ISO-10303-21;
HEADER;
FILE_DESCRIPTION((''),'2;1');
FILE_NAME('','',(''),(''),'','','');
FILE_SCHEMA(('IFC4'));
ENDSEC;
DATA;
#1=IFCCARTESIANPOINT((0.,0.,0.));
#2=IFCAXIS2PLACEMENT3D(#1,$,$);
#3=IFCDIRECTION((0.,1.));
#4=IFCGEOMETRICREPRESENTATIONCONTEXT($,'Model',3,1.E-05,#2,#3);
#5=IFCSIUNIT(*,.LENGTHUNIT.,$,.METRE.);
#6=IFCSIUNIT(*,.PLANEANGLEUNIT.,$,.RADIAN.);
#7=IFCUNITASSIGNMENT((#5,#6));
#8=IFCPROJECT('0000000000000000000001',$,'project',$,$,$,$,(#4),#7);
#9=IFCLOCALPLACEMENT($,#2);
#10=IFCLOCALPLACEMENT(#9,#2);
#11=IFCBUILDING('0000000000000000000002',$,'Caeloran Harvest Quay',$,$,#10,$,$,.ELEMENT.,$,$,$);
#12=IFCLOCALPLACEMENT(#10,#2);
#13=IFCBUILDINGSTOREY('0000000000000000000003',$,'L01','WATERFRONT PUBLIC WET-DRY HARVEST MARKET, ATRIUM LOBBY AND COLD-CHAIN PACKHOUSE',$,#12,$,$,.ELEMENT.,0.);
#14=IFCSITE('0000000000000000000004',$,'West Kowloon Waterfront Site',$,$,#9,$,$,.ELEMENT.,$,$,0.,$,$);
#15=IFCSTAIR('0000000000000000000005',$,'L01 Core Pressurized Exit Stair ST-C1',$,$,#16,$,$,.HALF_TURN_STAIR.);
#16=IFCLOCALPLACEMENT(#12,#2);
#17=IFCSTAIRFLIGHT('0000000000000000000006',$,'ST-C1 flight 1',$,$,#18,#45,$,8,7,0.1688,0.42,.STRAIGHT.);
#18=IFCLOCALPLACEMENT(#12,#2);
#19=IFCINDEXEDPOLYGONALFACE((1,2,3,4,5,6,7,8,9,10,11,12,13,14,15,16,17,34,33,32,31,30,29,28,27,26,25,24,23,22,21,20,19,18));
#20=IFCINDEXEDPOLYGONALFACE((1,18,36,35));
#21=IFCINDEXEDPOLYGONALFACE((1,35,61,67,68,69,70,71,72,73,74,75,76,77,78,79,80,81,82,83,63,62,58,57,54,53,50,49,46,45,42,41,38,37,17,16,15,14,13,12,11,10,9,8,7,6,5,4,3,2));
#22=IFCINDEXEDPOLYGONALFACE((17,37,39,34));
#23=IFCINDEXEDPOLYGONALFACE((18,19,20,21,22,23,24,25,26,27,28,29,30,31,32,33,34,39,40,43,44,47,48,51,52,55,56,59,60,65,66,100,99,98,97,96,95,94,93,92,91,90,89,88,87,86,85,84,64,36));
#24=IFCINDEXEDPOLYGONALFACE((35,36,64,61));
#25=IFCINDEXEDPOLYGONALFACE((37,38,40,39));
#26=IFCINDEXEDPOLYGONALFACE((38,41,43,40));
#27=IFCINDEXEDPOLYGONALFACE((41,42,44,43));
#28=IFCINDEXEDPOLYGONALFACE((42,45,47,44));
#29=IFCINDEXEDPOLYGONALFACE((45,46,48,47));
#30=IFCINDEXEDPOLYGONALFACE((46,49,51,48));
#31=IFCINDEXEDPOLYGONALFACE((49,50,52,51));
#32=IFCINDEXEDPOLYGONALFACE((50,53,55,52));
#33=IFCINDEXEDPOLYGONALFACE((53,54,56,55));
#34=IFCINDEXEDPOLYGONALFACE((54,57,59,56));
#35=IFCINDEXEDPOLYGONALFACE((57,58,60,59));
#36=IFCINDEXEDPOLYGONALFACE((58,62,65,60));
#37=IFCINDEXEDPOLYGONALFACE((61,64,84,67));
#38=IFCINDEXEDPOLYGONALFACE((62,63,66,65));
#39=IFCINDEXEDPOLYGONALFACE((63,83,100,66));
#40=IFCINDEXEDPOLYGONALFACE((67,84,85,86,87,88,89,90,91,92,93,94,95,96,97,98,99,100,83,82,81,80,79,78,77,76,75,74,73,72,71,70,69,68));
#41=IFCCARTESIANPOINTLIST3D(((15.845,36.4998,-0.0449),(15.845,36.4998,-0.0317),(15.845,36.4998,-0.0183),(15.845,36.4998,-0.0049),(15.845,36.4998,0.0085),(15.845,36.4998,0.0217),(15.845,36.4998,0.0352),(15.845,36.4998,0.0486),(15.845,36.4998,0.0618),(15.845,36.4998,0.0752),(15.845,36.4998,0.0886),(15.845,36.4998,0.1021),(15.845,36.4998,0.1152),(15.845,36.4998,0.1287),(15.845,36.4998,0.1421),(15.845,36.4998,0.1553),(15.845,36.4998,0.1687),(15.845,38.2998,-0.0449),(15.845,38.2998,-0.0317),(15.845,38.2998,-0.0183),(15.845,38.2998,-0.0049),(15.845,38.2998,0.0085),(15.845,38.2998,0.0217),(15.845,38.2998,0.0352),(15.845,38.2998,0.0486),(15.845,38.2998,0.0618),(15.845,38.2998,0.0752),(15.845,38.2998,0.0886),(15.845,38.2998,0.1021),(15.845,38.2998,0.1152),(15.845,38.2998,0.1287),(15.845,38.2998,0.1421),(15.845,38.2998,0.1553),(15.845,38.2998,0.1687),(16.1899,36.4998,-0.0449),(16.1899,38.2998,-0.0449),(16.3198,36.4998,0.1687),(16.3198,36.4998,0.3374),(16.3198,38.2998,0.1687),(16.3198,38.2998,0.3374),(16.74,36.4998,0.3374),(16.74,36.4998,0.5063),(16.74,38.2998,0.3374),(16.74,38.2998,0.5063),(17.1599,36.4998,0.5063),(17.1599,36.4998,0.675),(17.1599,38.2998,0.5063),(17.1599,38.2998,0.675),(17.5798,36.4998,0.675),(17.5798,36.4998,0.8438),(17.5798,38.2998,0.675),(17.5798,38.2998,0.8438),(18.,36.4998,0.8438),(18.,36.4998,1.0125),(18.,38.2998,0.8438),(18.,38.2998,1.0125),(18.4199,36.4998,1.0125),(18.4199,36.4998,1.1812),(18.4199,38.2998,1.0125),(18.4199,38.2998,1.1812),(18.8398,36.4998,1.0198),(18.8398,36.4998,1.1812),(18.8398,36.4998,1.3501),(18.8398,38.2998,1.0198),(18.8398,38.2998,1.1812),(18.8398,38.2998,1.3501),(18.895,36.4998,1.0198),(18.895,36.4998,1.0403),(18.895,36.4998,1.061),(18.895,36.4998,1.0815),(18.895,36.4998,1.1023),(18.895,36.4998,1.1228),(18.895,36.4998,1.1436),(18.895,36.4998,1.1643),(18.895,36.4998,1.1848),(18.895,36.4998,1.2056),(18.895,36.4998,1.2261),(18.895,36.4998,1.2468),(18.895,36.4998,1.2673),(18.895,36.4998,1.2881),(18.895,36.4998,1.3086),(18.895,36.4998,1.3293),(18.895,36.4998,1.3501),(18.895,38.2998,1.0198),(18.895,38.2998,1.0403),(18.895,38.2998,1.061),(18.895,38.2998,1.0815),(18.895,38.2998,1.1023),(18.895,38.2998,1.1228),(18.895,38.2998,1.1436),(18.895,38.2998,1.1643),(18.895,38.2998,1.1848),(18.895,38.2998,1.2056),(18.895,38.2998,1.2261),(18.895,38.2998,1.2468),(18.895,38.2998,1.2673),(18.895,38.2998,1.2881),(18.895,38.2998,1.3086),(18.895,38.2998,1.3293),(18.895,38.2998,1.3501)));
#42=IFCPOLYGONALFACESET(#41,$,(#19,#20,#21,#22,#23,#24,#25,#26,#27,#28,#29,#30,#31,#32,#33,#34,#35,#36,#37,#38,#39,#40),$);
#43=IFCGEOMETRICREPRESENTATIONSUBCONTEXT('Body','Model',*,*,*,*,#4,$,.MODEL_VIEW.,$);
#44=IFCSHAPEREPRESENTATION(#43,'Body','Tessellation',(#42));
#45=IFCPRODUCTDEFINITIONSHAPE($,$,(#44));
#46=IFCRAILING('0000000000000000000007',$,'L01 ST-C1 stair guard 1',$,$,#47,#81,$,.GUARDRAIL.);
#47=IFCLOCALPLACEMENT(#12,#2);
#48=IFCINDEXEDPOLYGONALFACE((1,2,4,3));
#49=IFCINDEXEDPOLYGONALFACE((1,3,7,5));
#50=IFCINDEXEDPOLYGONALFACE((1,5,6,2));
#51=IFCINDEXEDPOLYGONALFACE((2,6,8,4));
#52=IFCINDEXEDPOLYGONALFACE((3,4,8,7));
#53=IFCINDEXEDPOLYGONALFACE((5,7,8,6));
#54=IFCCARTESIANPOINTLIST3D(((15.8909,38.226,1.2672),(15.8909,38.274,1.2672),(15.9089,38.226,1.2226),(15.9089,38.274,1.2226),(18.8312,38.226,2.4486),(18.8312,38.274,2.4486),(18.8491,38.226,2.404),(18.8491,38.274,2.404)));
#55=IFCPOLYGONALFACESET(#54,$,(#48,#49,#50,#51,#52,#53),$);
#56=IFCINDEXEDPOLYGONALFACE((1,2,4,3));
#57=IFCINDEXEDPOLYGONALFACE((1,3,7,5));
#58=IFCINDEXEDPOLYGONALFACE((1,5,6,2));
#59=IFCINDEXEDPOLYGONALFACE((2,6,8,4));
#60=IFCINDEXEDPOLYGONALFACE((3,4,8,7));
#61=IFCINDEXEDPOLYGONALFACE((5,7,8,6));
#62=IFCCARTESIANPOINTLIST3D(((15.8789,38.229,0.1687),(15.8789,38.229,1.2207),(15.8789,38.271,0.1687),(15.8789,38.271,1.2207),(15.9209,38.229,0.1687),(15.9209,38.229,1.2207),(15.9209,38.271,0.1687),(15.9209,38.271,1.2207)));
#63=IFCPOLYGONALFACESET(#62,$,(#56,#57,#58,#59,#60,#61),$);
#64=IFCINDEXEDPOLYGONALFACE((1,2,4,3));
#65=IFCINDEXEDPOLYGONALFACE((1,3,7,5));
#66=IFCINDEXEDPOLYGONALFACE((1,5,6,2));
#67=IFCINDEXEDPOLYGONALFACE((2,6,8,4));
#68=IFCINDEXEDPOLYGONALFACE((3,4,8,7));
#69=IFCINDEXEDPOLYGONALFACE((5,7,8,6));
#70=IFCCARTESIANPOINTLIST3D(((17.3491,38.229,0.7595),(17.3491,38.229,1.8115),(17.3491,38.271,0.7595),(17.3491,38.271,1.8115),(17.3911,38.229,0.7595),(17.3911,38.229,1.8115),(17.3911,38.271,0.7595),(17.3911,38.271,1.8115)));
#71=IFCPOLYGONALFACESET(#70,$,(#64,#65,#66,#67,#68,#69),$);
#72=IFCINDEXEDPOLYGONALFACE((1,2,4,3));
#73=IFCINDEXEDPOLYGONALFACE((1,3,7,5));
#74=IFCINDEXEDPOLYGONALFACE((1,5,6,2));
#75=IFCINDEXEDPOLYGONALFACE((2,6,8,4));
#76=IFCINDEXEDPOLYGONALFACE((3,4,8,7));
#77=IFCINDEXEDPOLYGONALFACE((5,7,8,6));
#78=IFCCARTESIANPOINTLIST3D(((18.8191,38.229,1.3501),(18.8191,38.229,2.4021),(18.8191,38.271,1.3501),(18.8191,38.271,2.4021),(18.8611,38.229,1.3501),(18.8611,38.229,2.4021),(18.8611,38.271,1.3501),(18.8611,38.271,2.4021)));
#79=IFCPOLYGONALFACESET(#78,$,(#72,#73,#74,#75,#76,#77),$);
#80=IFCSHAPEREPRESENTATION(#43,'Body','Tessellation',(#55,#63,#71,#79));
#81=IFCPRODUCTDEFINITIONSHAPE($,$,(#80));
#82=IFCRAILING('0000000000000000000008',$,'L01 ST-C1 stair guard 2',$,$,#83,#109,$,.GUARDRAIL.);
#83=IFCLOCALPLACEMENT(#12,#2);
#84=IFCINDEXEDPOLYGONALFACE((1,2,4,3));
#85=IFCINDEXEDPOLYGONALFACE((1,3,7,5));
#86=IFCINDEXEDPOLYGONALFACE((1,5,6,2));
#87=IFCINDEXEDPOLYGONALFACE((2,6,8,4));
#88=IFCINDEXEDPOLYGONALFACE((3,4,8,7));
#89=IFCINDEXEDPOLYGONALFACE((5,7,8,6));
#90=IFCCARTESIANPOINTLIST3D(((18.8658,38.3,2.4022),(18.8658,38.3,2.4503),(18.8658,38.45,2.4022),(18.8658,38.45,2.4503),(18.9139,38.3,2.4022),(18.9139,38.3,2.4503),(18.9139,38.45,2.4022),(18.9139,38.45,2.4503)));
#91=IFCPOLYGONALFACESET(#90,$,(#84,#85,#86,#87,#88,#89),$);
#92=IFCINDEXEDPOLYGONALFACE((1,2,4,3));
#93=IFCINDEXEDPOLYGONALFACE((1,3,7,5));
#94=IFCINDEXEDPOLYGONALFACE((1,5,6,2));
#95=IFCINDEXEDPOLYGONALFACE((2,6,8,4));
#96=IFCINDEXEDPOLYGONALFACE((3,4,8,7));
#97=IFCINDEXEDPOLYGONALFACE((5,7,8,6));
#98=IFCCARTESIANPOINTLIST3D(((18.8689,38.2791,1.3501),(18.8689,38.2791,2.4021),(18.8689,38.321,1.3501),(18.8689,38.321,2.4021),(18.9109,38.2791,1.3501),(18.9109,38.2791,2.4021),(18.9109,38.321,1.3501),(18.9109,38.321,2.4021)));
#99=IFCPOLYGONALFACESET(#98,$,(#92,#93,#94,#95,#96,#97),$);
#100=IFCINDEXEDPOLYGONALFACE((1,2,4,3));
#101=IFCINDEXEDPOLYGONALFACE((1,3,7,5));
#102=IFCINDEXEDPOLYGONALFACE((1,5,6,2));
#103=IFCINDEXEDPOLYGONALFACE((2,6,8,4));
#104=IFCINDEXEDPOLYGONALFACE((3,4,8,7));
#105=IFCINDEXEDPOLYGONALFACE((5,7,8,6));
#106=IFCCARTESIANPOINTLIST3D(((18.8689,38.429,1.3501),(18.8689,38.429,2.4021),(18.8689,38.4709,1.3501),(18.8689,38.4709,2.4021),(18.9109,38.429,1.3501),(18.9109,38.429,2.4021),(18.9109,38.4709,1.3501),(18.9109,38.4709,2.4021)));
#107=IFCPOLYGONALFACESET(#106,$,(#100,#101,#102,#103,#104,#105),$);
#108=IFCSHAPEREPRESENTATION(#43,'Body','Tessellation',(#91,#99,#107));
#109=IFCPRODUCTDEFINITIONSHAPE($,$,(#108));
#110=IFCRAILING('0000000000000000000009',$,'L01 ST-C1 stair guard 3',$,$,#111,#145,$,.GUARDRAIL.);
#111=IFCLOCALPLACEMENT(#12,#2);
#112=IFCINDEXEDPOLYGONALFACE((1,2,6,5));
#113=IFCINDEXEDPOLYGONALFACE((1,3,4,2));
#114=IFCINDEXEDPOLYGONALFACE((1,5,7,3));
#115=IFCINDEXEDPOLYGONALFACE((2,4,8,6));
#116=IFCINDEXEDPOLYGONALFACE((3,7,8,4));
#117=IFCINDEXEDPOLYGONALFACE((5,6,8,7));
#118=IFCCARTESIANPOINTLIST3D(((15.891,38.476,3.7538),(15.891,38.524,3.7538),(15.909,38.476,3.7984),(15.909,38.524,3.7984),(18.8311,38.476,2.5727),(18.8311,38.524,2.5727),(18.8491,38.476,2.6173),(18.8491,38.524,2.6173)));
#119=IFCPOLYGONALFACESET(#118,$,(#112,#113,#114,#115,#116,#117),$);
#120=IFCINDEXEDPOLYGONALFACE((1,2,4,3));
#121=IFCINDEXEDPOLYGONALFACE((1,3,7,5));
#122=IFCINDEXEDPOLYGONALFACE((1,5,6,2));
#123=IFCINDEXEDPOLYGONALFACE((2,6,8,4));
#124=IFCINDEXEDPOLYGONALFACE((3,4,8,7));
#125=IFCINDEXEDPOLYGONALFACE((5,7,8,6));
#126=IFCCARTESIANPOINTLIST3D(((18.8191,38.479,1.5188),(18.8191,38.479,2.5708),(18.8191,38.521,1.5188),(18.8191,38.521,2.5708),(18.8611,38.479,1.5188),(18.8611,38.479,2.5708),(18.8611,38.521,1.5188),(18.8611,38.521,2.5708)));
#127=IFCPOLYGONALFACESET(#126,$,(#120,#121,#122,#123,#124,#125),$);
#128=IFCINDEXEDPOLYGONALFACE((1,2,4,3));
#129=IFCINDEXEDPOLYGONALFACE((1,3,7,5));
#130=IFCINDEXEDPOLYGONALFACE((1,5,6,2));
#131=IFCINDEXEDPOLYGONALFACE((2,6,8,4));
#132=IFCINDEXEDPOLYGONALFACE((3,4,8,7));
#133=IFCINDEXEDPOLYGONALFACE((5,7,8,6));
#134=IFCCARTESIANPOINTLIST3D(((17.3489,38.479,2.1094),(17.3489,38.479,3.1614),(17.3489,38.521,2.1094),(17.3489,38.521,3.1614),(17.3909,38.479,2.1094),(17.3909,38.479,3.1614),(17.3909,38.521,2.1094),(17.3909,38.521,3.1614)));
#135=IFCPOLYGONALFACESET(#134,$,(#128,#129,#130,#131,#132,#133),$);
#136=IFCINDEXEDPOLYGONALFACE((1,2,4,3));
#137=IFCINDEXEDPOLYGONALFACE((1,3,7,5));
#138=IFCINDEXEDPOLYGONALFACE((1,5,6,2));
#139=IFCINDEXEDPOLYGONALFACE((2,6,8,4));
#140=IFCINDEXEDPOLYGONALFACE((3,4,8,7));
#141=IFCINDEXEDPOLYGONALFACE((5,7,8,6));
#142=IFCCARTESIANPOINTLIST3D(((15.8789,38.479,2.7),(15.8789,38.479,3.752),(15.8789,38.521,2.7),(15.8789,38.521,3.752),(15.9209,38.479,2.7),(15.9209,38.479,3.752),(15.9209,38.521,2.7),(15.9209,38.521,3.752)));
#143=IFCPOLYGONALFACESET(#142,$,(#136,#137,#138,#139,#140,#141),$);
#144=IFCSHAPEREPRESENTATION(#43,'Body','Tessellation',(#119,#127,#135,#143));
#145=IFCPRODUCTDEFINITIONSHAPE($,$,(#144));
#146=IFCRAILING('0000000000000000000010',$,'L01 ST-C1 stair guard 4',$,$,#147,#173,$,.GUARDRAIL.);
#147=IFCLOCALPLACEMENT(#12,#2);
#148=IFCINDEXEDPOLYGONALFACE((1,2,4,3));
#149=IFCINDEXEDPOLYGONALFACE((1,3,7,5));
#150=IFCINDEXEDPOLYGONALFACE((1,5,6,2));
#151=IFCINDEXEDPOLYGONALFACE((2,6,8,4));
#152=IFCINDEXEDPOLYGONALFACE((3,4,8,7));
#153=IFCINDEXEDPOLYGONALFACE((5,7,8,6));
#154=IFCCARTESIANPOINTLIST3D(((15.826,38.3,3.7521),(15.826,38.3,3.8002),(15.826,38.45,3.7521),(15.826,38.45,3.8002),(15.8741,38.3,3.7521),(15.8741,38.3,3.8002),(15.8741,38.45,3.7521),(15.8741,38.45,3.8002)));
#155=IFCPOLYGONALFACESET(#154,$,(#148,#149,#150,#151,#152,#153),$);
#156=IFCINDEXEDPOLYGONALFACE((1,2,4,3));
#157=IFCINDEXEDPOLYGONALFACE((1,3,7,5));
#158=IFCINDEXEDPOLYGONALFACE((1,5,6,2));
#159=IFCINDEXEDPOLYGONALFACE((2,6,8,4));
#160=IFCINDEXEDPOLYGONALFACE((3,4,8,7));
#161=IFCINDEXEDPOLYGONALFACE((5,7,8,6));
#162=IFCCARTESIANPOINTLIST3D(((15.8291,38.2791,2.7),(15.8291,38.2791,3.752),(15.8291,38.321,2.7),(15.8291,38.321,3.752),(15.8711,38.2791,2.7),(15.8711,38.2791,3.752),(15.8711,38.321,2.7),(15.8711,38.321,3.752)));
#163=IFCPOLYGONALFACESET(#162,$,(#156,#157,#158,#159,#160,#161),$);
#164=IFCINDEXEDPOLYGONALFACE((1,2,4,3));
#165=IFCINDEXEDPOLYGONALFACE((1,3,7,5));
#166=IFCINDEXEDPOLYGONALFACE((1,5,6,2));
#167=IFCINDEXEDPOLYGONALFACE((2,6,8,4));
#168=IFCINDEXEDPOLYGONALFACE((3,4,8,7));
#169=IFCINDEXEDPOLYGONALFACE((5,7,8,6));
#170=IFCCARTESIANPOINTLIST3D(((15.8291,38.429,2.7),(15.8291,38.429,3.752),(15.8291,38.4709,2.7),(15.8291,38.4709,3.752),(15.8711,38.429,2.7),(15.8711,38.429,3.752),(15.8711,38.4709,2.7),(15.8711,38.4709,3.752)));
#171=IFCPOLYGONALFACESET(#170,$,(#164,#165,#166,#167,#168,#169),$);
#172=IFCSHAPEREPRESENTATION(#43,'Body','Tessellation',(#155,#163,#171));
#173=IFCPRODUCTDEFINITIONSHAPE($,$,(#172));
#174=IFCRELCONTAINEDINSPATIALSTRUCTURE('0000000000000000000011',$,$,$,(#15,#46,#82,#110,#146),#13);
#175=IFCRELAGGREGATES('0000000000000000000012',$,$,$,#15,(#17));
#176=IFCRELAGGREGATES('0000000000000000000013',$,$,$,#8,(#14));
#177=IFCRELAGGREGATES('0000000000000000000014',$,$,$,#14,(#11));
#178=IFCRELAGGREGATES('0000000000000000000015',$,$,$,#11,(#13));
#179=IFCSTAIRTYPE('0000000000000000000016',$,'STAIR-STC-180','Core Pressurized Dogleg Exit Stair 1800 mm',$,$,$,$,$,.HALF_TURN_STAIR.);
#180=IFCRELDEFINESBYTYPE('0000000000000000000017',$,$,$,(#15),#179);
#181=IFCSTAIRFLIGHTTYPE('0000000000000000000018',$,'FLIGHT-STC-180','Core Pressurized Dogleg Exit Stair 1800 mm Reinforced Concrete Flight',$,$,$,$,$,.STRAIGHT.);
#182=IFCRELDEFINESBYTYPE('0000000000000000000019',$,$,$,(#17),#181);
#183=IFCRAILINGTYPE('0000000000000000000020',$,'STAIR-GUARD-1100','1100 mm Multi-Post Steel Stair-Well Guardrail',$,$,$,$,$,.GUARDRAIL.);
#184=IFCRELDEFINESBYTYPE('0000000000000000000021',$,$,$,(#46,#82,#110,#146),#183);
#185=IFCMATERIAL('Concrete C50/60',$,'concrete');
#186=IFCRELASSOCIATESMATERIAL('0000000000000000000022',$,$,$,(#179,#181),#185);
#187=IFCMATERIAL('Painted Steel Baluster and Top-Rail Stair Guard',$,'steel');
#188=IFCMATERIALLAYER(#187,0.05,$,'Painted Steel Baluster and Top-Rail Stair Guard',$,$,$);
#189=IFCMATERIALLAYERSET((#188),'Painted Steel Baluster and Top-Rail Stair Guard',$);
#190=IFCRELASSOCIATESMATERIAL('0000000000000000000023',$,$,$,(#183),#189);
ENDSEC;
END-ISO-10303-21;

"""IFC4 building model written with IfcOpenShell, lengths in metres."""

from ifc_helpers import new_model, si_unit, direction, frame, origin, origin_2d, place, context, subcontext, project, spatial, polyline, rectangle, outline, extrude, material, layer, layer_set, type_object, element, aggregate, save


model = new_model("IFC4")

# Units and contexts
model_context = context("Model", 3, precision=1e-05, world=origin(), true_north=direction((0.0, 1.0)))
body_context = subcontext(model_context, "Body", "Model", "MODEL_VIEW")
ifc_project = project(units=[si_unit("LENGTHUNIT", "METRE"), si_unit("PLANEANGLEUNIT", "RADIAN")], contexts=[model_context])

# Site, building, storey
site_placement = place(None, origin())
site = spatial("IfcSite", under=ifc_project, at=site_placement, Name="West Kowloon Waterfront Site", CompositionType="ELEMENT", RefElevation=0.0)
building_placement = place(site_placement, origin())
building = spatial("IfcBuilding", under=site, at=building_placement, Name="Caeloran Harvest Quay", CompositionType="ELEMENT")
storey_placement = place(building_placement, origin())
storey = spatial("IfcBuildingStorey", under=building, at=storey_placement, Name="L01", Description="WATERFRONT PUBLIC WET-DRY HARVEST MARKET, ATRIUM LOBBY AND COLD-CHAIN PACKHOUSE", CompositionType="ELEMENT", Elevation=0.0)

# Stair, stair flight
ifc_material_1 = material(Name="Concrete C50/60", Category="concrete")
stair_type = type_object("IfcStairType", Name="STAIR-STC-180", Description="Core Pressurized Dogleg Exit Stair 1800 mm", PredefinedType="HALF_TURN_STAIR", material=ifc_material_1)
stair_1_placement = place(storey_placement, origin())
stair_1 = element("IfcStair", 1, at=stair_1_placement, inside=storey, type_object=stair_type, Name="L01 Core Pressurized Exit Stair ST-C1", PredefinedType="HALF_TURN_STAIR")
stair_flight_type = type_object("IfcStairFlightType", Name="FLIGHT-STC-180", Description="Core Pressurized Dogleg Exit Stair 1800 mm Reinforced Concrete Flight", PredefinedType="STRAIGHT", material=ifc_material_1)
stair_flight_1_placement = place(storey_placement, frame((15.8999, 37.3999, 0.0), z_axis=(0.0, 0.0, 1.0), x_axis=(1.0, 0.0, 0.0)))
stair_flight_1 = element("IfcStairFlight", 2, at=stair_flight_1_placement, type_object=stair_flight_type, Name="ST-C1 flight 1", NumberOfRisers=8, NumberOfTreads=7, PredefinedType="STRAIGHT", RiserHeight=0.1688, TreadLength=0.42, context=body_context, shape_type="SweptSolid", body=[
    extrude(outline(polyline([(-0.0549, -0.0449), (-0.0549, -0.0317), (-0.0549, -0.0183), (-0.0549, -0.0049), (-0.0549, 0.0085), (-0.0549, 0.0217), (-0.0549, 0.0352), (-0.0549, 0.0486), (-0.0549, 0.0618), (-0.0549, 0.0752), (-0.0549, 0.0886), (-0.0549, 0.1021), (-0.0549, 0.1152), (-0.0549, 0.1287), (-0.0549, 0.1421), (-0.0549, 0.1553), (-0.0549, 0.1687), (0.4199, 0.1687), (0.4199, 0.3374), (0.8401, 0.3374), (0.8401, 0.5063), (1.26, 0.5063), (1.26, 0.675), (1.6799, 0.675), (1.6799, 0.8438), (2.1001, 0.8438), (2.1001, 1.0125), (2.52, 1.0125), (2.52, 1.1812), (2.9399, 1.1812), (2.9399, 1.3501), (2.9951, 1.3501), (2.9951, 1.3293), (2.9951, 1.3086), (2.9951, 1.2881), (2.9951, 1.2673), (2.9951, 1.2468), (2.9951, 1.2261), (2.9951, 1.2056), (2.9951, 1.1848), (2.9951, 1.1643), (2.9951, 1.1436), (2.9951, 1.1228), (2.9951, 1.1023), (2.9951, 1.0815), (2.9951, 1.061), (2.9951, 1.0403), (2.9951, 1.0198), (2.9399, 1.0198), (0.29, -0.0449), (-0.0549, -0.0449)])), frame((0.0, 0.8999, 0.0), z_axis=(0.0, -1.0, 0.0), x_axis=(1.0, 0.0, 0.0)), (0.0, 0.0, 1.0), 1.8),
])
aggregate(stair_1, [stair_flight_1])

# Railings
ifc_material_2 = material(Name="Painted Steel Baluster and Top-Rail Stair Guard", Category="steel")
ifc_layer_1 = layer(ifc_material_2, 0.05, Name="Painted Steel Baluster and Top-Rail Stair Guard")
ifc_layer_set_1 = layer_set([ifc_layer_1], Name="Painted Steel Baluster and Top-Rail Stair Guard")
railing_type_1 = type_object("IfcRailingType", Name="STAIR-GUARD-1100", Description="1100 mm Multi-Post Steel Stair-Well Guardrail", PredefinedType="GUARDRAIL", material=ifc_layer_set_1)
railing_1_placement = place(storey_placement, frame((15.8999, 38.25, 0.1687)))
element("IfcRailing", 3, at=railing_1_placement, inside=storey, type_object=railing_type_1, Name="L01 ST-C1 stair guard 1", PredefinedType="GUARDRAIL", context=body_context, shape_type="SweptSolid", body=[
    extrude(rectangle(XDim=0.0481, YDim=0.0481, at=origin_2d()), frame((0.0, 0.0, 1.0762), z_axis=(0.927896, 0.0, 0.372838), x_axis=(0.0, 1.0, 0.0)), (0.0, 0.0, 1.0), 3.1687),
    extrude(rectangle(XDim=0.042, YDim=0.042, at=origin_2d()), origin(), (0.0, 0.0, 1.0), 1.052),
    extrude(rectangle(XDim=0.042, YDim=0.042, at=origin_2d()), frame((1.4702, 0.0, 0.5908)), (0.0, 0.0, 1.0), 1.052),
    extrude(rectangle(XDim=0.042, YDim=0.042, at=origin_2d()), frame((2.9402, 0.0, 1.1814)), (0.0, 0.0, 1.0), 1.052),
])
railing_2_placement = place(storey_placement, frame((18.8899, 38.3, 1.3501)))
element("IfcRailing", 4, at=railing_2_placement, inside=storey, type_object=railing_type_1, Name="L01 ST-C1 stair guard 2", PredefinedType="GUARDRAIL", context=body_context, shape_type="SweptSolid", body=[
    extrude(rectangle(XDim=0.0481, YDim=0.0481, at=origin_2d()), frame((0.0, 0.0, 1.0762), z_axis=(0.0, 1.0, 0.0), x_axis=(-1.0, 0.0, 0.0)), (0.0, 0.0, 1.0), 0.1499),
    extrude(rectangle(XDim=0.042, YDim=0.042, at=origin_2d()), origin(), (0.0, 0.0, 1.0), 1.052),
    extrude(rectangle(XDim=0.042, YDim=0.042, at=origin_2d()), frame((0.0, 0.1499, 0.0)), (0.0, 0.0, 1.0), 1.052),
])
railing_3_placement = place(storey_placement, frame((18.8401, 38.5, 1.5188)))
element("IfcRailing", 5, at=railing_3_placement, inside=storey, type_object=railing_type_1, Name="L01 ST-C1 stair guard 3", PredefinedType="GUARDRAIL", context=body_context, shape_type="SweptSolid", body=[
    extrude(rectangle(XDim=0.0481, YDim=0.0481, at=origin_2d()), frame((0.0, 0.0, 1.0762), z_axis=(-0.927923, 0.0, 0.372772), x_axis=(0.0, -1.0, 0.0)), (0.0, 0.0, 1.0), 3.1685),
    extrude(rectangle(XDim=0.042, YDim=0.042, at=origin_2d()), origin(), (0.0, 0.0, 1.0), 1.052),
    extrude(rectangle(XDim=0.042, YDim=0.042, at=origin_2d()), frame((-1.4702, 0.0, 0.5906)), (0.0, 0.0, 1.0), 1.052),
    extrude(rectangle(XDim=0.042, YDim=0.042, at=origin_2d()), frame((-2.9402, 0.0, 1.1812)), (0.0, 0.0, 1.0), 1.052),
])
railing_4_placement = place(storey_placement, frame((15.8501, 38.3, 2.7)))
element("IfcRailing", 6, at=railing_4_placement, inside=storey, type_object=railing_type_1, Name="L01 ST-C1 stair guard 4", PredefinedType="GUARDRAIL", context=body_context, shape_type="SweptSolid", body=[
    extrude(rectangle(XDim=0.0481, YDim=0.0481, at=origin_2d()), frame((0.0, 0.0, 1.0762), z_axis=(0.0, 1.0, 0.0), x_axis=(-1.0, 0.0, 0.0)), (0.0, 0.0, 1.0), 0.1499),
    extrude(rectangle(XDim=0.042, YDim=0.042, at=origin_2d()), origin(), (0.0, 0.0, 1.0), 1.052),
    extrude(rectangle(XDim=0.042, YDim=0.042, at=origin_2d()), frame((0.0, 0.1499, 0.0)), (0.0, 0.0, 1.0), 1.052),
])

save(model, "model.ifc")
